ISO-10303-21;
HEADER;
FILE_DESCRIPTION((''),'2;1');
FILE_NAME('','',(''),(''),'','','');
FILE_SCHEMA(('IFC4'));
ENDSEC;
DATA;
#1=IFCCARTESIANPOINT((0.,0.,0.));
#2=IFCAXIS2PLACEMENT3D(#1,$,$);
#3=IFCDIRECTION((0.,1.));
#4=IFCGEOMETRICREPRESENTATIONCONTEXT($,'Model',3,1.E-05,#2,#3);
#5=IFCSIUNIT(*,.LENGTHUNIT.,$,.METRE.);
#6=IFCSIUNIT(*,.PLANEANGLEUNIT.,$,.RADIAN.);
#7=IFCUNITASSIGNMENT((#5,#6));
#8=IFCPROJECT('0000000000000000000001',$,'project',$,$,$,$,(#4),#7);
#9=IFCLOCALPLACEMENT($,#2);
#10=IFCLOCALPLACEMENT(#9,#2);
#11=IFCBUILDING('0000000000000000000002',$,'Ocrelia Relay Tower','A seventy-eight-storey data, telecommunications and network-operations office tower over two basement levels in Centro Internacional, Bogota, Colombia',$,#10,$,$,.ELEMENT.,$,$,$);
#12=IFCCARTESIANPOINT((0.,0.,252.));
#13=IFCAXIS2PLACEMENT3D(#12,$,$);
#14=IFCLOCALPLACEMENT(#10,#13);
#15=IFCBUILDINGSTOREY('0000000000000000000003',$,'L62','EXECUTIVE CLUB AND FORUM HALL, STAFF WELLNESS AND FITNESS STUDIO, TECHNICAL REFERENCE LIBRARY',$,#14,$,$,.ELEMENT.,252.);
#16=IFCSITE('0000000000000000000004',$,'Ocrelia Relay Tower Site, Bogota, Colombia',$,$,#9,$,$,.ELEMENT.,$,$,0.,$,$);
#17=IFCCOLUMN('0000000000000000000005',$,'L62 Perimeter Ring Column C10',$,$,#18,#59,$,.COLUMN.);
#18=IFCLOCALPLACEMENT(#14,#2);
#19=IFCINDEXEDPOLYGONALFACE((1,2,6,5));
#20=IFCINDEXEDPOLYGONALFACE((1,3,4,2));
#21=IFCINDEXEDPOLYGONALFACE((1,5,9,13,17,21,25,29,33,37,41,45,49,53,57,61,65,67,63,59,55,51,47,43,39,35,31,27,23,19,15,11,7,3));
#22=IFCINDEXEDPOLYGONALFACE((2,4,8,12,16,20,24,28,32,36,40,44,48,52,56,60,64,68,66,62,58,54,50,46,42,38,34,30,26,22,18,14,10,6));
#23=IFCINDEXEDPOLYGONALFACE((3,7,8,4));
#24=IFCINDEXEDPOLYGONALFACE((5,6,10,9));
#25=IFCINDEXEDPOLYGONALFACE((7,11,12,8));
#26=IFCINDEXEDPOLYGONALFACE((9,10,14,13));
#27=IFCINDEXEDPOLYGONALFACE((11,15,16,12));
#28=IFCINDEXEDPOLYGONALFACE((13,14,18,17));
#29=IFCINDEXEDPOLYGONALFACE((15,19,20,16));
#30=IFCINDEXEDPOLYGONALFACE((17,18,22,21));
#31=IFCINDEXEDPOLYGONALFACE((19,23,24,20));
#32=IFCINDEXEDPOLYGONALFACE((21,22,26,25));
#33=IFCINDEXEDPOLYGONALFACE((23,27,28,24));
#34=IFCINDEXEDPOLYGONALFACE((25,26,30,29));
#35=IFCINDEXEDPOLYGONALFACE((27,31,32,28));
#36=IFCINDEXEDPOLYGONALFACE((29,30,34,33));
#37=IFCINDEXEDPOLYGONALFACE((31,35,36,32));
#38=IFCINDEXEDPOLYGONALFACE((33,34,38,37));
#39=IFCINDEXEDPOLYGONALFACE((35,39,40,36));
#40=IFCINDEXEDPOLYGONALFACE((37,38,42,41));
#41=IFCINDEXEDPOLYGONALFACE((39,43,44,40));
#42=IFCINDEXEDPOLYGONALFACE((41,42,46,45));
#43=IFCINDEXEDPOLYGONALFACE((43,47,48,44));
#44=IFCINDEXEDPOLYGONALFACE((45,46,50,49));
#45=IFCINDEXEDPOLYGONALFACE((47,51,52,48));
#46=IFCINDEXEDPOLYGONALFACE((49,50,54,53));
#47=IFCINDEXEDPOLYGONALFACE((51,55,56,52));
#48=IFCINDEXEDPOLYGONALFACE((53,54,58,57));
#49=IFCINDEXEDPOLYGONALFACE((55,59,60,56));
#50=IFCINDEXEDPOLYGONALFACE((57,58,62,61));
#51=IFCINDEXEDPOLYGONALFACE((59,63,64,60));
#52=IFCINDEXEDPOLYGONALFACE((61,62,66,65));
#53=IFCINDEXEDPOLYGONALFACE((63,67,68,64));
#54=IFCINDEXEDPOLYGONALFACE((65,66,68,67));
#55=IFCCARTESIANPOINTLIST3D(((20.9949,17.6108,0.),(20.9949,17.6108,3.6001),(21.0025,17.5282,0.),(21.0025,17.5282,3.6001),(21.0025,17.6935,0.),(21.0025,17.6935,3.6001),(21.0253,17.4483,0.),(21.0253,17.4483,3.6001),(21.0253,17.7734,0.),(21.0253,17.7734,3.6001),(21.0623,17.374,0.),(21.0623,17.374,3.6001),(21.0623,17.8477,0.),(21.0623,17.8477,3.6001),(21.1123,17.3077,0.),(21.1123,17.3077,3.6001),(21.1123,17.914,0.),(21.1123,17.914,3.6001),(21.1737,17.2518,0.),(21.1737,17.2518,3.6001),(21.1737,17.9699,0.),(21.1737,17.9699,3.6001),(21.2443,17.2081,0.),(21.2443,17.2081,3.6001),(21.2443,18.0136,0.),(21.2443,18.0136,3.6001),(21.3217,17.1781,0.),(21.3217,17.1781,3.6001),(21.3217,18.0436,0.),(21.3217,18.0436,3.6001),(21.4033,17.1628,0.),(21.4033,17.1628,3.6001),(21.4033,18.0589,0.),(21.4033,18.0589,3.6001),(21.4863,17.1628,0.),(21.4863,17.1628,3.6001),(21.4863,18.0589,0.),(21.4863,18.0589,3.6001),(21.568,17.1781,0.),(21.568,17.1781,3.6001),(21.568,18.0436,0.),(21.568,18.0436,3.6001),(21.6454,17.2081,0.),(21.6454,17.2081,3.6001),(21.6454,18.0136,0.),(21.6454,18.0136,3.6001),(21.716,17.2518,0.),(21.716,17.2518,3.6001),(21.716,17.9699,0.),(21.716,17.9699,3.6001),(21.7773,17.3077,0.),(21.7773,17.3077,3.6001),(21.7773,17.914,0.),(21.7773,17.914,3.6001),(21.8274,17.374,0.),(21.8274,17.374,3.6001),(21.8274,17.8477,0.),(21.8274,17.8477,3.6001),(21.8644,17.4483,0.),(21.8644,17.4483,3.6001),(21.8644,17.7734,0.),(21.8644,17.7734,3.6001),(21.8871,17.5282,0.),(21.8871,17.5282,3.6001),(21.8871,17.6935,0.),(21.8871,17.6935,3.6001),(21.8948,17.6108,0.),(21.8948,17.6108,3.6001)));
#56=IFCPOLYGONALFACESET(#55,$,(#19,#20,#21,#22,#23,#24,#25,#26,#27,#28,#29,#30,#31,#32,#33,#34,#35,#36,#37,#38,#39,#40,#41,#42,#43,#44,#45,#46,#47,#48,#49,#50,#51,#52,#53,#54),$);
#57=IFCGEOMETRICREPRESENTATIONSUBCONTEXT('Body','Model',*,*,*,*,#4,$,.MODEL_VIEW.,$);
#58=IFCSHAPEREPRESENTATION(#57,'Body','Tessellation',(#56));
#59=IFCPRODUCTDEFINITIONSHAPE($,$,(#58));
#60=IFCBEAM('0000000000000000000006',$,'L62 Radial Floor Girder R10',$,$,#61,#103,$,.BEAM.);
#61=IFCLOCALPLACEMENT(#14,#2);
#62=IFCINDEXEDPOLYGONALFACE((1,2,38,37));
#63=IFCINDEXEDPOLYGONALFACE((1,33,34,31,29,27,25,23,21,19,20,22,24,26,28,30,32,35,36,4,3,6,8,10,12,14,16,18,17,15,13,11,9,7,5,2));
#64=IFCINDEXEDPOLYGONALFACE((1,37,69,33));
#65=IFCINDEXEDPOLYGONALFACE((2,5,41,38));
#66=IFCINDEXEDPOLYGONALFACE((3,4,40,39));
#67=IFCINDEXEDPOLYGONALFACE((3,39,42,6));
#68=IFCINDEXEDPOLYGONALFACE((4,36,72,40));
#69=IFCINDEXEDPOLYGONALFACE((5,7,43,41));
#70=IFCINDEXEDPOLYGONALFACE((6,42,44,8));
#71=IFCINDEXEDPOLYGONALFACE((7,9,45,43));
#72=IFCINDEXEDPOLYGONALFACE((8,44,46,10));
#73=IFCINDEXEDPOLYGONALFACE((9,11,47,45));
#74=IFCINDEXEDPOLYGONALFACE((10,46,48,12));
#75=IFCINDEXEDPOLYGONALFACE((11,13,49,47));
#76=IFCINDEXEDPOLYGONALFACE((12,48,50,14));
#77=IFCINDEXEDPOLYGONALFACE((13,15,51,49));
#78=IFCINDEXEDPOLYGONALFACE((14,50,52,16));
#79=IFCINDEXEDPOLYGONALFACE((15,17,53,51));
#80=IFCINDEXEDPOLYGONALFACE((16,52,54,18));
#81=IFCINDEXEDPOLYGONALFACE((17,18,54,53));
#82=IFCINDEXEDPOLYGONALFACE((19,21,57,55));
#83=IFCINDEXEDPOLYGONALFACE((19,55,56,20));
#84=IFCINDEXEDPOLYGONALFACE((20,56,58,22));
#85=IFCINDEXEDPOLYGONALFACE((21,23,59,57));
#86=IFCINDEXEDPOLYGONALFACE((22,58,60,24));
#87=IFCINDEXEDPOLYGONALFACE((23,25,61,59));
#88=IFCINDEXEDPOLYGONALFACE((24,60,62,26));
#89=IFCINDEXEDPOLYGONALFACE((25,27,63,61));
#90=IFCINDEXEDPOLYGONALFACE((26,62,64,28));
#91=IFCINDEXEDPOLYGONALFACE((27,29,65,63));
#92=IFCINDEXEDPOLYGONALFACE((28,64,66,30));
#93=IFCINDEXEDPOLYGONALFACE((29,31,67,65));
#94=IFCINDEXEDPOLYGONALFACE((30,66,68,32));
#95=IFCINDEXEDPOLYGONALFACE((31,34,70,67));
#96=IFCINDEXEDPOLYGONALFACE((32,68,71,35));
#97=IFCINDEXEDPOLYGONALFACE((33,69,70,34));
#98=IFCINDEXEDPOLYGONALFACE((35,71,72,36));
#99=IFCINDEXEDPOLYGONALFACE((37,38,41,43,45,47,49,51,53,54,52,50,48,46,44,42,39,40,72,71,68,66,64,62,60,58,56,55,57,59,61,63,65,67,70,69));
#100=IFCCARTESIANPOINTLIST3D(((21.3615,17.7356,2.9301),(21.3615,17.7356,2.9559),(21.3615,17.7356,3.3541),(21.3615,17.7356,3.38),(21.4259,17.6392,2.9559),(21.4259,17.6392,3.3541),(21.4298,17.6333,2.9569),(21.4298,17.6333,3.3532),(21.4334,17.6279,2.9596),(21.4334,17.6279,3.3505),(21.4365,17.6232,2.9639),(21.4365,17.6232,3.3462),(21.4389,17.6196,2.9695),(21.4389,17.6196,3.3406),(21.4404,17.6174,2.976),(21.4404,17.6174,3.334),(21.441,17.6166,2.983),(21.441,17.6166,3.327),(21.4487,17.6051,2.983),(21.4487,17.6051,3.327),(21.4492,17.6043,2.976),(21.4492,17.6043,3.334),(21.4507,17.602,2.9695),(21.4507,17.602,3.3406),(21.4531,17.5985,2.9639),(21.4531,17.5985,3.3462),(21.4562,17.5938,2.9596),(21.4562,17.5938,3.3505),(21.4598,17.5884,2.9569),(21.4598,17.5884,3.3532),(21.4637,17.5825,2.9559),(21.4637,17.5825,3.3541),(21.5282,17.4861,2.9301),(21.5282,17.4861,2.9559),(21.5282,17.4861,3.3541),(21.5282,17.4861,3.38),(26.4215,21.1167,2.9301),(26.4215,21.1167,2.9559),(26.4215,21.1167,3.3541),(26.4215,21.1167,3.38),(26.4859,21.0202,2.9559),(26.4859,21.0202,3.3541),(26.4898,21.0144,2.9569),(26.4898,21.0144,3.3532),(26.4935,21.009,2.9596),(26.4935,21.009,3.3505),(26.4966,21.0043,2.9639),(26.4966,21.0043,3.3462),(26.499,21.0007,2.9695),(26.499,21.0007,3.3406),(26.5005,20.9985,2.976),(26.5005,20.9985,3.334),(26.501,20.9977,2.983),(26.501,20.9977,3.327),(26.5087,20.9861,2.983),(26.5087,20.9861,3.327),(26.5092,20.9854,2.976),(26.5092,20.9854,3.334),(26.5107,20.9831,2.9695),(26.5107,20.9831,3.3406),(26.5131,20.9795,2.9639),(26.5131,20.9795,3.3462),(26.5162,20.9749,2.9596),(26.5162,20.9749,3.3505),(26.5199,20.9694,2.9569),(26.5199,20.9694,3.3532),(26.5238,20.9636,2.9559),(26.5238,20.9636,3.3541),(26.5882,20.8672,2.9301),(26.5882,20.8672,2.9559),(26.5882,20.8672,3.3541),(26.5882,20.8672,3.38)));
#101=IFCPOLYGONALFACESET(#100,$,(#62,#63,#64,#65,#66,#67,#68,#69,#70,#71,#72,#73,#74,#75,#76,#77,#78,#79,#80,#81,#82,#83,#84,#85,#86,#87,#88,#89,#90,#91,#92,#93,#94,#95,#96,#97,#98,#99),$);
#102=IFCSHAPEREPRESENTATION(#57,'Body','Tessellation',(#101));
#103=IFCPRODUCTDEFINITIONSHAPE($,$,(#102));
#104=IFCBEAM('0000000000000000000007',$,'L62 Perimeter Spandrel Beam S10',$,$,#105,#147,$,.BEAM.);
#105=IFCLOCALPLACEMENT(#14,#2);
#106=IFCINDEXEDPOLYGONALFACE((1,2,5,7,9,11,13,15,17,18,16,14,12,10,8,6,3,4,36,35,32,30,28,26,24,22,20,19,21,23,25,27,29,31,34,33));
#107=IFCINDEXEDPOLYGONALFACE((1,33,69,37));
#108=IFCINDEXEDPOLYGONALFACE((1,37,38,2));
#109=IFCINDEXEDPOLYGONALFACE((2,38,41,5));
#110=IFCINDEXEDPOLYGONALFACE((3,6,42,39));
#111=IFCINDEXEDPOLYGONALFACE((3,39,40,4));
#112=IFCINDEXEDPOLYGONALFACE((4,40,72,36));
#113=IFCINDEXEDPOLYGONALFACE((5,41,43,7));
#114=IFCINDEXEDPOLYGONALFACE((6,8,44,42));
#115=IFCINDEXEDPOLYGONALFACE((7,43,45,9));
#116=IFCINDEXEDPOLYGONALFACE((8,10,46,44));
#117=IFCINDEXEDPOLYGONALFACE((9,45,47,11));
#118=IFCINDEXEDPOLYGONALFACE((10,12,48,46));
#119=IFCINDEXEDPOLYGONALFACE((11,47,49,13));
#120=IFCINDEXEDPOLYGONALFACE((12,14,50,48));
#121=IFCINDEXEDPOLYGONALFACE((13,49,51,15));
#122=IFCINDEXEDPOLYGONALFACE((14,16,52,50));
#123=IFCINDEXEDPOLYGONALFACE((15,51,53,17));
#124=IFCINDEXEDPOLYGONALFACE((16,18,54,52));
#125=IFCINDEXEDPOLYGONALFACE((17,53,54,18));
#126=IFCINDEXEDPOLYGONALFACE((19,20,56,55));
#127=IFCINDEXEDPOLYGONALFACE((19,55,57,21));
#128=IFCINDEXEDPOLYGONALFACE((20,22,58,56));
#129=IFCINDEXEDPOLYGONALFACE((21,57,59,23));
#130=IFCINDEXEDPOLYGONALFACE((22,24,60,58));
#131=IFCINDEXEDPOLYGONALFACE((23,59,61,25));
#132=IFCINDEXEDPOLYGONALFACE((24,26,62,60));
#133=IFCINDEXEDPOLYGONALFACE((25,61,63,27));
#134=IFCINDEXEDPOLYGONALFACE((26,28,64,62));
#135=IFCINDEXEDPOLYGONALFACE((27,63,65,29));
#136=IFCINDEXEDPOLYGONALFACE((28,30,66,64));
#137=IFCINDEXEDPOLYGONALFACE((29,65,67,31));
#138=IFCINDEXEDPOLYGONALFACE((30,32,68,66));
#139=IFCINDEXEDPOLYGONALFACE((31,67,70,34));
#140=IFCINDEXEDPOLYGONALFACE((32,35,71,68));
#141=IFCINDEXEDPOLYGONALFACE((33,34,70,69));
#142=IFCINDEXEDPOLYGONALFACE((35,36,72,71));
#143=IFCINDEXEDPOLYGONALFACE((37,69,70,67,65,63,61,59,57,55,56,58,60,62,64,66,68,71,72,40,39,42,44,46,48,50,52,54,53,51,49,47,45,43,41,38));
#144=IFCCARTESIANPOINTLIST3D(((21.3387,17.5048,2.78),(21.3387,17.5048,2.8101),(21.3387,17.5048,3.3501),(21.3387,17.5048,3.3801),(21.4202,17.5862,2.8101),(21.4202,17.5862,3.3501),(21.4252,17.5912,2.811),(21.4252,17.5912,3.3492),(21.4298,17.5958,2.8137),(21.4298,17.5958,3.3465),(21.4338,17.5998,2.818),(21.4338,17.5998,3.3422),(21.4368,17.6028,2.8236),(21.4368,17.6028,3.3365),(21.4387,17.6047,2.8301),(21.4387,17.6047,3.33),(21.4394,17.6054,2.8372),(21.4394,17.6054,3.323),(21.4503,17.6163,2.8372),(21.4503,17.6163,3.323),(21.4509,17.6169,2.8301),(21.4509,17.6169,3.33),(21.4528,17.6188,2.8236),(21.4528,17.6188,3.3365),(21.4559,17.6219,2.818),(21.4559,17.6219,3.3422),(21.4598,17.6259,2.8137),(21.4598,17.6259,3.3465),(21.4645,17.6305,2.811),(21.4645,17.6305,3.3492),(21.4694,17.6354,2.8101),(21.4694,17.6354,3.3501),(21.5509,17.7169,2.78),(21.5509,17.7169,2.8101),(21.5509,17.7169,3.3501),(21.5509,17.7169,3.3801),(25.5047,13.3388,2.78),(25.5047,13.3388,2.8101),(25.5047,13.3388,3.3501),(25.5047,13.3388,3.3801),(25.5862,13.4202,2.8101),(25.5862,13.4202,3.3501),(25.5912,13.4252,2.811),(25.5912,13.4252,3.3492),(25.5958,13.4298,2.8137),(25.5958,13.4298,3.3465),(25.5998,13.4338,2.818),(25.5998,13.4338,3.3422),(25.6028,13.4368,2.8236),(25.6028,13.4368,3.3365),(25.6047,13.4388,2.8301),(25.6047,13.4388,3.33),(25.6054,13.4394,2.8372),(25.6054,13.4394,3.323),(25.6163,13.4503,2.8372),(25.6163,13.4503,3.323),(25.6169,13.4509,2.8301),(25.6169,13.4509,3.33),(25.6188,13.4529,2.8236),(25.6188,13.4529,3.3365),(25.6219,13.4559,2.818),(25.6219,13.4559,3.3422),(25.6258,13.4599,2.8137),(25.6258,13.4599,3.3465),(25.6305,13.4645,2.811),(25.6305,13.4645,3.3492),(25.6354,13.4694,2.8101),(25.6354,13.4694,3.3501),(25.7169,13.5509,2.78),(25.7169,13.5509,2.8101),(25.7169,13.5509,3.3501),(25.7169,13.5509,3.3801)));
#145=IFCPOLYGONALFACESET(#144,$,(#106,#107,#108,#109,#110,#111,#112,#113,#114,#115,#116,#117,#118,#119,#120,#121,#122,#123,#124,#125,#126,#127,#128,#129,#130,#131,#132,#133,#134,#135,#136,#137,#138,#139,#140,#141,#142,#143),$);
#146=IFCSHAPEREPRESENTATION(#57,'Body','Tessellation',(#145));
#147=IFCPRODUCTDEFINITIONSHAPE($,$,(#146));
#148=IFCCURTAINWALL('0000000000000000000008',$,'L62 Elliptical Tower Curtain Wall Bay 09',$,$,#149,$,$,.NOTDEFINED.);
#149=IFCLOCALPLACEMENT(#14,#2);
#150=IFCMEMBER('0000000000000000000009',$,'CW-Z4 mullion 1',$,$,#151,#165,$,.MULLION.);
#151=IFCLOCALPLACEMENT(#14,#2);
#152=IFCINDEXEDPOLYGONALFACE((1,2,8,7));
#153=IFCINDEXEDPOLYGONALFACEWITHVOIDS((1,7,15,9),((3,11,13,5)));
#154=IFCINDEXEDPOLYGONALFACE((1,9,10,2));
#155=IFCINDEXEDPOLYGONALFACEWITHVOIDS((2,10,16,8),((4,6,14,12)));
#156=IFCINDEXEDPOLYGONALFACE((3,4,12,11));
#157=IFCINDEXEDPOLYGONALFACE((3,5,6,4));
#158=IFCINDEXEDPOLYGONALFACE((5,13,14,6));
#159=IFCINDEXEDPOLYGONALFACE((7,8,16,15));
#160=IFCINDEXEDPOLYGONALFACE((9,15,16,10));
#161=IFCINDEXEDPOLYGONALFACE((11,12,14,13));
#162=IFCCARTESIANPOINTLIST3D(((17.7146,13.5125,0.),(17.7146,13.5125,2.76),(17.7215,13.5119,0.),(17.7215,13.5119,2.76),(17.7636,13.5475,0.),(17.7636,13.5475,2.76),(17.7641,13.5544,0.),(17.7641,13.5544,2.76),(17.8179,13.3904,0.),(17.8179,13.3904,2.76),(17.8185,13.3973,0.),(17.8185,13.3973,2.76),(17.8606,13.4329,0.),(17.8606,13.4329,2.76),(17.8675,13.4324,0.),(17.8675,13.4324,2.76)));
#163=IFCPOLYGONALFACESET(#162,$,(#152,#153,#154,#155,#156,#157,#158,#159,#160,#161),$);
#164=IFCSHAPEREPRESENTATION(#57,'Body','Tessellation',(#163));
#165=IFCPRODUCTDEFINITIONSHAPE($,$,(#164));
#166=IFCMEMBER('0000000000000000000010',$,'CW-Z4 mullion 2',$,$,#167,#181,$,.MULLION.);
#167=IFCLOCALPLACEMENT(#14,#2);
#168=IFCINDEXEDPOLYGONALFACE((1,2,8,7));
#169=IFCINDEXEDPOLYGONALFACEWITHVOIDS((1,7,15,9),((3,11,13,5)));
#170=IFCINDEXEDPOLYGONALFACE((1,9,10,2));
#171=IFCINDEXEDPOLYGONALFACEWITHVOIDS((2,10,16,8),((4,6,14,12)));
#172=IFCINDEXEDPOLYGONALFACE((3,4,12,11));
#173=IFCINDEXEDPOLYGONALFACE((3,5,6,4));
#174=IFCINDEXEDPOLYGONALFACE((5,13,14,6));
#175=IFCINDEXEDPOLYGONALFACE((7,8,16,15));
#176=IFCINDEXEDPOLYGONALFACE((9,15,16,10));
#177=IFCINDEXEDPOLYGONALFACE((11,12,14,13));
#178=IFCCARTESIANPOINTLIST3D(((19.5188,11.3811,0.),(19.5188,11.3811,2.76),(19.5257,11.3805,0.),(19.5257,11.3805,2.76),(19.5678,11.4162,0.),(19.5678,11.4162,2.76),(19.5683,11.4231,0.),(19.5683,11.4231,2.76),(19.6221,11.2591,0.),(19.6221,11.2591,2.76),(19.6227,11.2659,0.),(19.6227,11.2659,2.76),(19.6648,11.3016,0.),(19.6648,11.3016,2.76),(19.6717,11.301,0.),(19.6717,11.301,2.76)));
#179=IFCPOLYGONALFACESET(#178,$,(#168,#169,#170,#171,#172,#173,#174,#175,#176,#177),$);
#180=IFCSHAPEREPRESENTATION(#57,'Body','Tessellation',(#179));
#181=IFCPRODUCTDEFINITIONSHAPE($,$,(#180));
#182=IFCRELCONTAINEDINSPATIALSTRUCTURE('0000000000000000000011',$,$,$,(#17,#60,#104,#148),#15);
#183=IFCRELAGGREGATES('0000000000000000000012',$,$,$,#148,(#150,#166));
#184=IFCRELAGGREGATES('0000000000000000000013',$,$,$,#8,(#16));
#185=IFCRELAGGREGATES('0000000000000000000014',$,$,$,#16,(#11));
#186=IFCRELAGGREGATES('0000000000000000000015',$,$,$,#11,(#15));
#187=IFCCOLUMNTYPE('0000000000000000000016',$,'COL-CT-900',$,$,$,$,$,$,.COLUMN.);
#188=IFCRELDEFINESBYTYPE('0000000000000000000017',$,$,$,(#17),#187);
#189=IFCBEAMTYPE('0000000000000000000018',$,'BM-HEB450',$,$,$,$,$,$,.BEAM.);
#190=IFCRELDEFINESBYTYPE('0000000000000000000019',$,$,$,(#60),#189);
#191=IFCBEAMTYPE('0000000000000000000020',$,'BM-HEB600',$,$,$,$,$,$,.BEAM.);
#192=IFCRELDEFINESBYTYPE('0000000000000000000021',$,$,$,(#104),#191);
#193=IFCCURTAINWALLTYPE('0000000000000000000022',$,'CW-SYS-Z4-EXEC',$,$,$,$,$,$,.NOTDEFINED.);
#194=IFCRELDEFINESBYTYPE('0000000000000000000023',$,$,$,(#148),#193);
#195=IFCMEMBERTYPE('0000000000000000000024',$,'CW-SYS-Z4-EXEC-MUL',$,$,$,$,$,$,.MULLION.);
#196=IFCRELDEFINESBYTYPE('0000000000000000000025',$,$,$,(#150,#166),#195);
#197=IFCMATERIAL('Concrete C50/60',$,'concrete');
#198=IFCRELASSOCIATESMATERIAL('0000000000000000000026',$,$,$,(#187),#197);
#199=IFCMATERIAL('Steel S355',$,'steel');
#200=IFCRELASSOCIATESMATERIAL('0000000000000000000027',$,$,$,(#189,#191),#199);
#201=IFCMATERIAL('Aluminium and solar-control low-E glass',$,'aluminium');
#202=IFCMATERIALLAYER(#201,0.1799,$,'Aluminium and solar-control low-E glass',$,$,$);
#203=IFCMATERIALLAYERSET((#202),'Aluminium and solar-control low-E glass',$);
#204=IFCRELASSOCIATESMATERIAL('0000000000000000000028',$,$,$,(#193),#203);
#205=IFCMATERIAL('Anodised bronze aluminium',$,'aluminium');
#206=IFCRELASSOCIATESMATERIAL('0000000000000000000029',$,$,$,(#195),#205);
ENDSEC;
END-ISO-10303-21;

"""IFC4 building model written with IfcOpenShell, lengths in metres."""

from ifc_helpers import new_model, si_unit, direction, frame, origin, origin_2d, place, context, subcontext, project, spatial, hollow_rectangle, circle, i_section, extrude, material, layer, layer_set, material_profile, profile_set, type_object, element, aggregate, save


model = new_model("IFC4")

# Units and contexts
model_context = context("Model", 3, precision=1e-05, world=origin(), true_north=direction((0.0, 1.0)))
body_context = subcontext(model_context, "Body", "Model", "MODEL_VIEW")
ifc_project = project(units=[si_unit("LENGTHUNIT", "METRE"), si_unit("PLANEANGLEUNIT", "RADIAN")], contexts=[model_context])

# Site, building, storey
site_placement = place(None, origin())
site = spatial("IfcSite", under=ifc_project, at=site_placement, Name="Ocrelia Relay Tower Site, Bogota, Colombia", CompositionType="ELEMENT", RefElevation=0.0)
building_placement = place(site_placement, origin())
building = spatial("IfcBuilding", under=site, at=building_placement, Name="Ocrelia Relay Tower", Description="A seventy-eight-storey data, telecommunications and network-operations office tower over two basement levels in Centro Internacional, Bogota, Colombia", CompositionType="ELEMENT")
storey_placement = place(building_placement, frame((0.0, 0.0, 252.0)))
storey = spatial("IfcBuildingStorey", under=building, at=storey_placement, Name="L62", Description="EXECUTIVE CLUB AND FORUM HALL, STAFF WELLNESS AND FITNESS STUDIO, TECHNICAL REFERENCE LIBRARY", CompositionType="ELEMENT", Elevation=252.0)

# Column
ifc_material_1 = material(Name="Concrete C50/60", Category="concrete")
ifc_material_profile_1 = material_profile(ifc_material_1, circle(Radius=0.45, at=origin_2d()), Name="RC-CIR-900")
ifc_profile_set_1 = profile_set([ifc_material_profile_1], Name="Concrete C50/60")
column_type = type_object("IfcColumnType", Name="COL-CT-900", PredefinedType="COLUMN", material=ifc_profile_set_1)
column_placement = place(storey_placement, frame((21.4448, 17.6108, 0.0), z_axis=(0.0, 0.0, 1.0), x_axis=(1.0, 0.0, 0.0)))
element("IfcColumn", 1, at=column_placement, inside=storey, type_object=column_type, Name="L62 Perimeter Ring Column C10", PredefinedType="COLUMN", context=body_context, shape_type="SweptSolid", body=[
    extrude(circle(Radius=0.45, at=origin_2d()), origin(), (0.0, 0.0, 1.0), 3.6001),
])

# Beams
ifc_material_2 = material(Name="Steel S355", Category="steel")
ifc_material_profile_2 = material_profile(ifc_material_2, i_section(OverallWidth=0.3, OverallDepth=0.45, WebThickness=0.0139, FlangeThickness=0.0259, FilletRadius=0.0271, at=origin_2d()), Name="HEB 450")
ifc_profile_set_2 = profile_set([ifc_material_profile_2], Name="Steel S355")
beam_type_1 = type_object("IfcBeamType", Name="BM-HEB450", PredefinedType="BEAM", material=ifc_profile_set_2)
beam_1_placement = place(storey_placement, frame((21.4448, 17.6108, 3.155), z_axis=(0.831464, 0.555579, 0.0), x_axis=(-0.555579, 0.831464, 0.0)))
element("IfcBeam", 2, at=beam_1_placement, inside=storey, type_object=beam_type_1, Name="L62 Radial Floor Girder R10", PredefinedType="BEAM", context=body_context, shape_type="SweptSolid", body=[
    extrude(i_section(OverallWidth=0.3, OverallDepth=0.45, WebThickness=0.0139, FlangeThickness=0.0259, FilletRadius=0.0271, at=origin_2d()), origin(), (0.0, 0.0, 1.0), 6.0857),
])
ifc_material_profile_3 = material_profile(ifc_material_2, i_section(OverallWidth=0.3, OverallDepth=0.6001, WebThickness=0.0154, FlangeThickness=0.03, FilletRadius=0.0271, at=origin_2d()), Name="HEB 600")
ifc_profile_set_3 = profile_set([ifc_material_profile_3], Name="Steel S355")
beam_type_2 = type_object("IfcBeamType", Name="BM-HEB600", PredefinedType="BEAM", material=ifc_profile_set_3)
beam_2_placement = place(storey_placement, frame((21.4448, 17.6108, 3.0801), z_axis=(0.707107, -0.707107, 0.0), x_axis=(0.707107, 0.707107, 0.0)))
element("IfcBeam", 3, at=beam_2_placement, inside=storey, type_object=beam_type_2, Name="L62 Perimeter Spandrel Beam S10", PredefinedType="BEAM", context=body_context, shape_type="SweptSolid", body=[
    extrude(i_section(OverallWidth=0.3, OverallDepth=0.6001, WebThickness=0.0154, FlangeThickness=0.03, FilletRadius=0.0271, at=origin_2d()), origin(), (0.0, 0.0, 1.0), 5.8916),
])

# Curtain wall, members
ifc_material_3 = material(Name="Aluminium and solar-control low-E glass", Category="aluminium")
ifc_layer_1 = layer(ifc_material_3, 0.1799, Name="Aluminium and solar-control low-E glass")
ifc_layer_set_1 = layer_set([ifc_layer_1], Name="Aluminium and solar-control low-E glass")
curtain_wall_type = type_object("IfcCurtainWallType", Name="CW-SYS-Z4-EXEC", PredefinedType="NOTDEFINED", material=ifc_layer_set_1)
curtain_wall_1_placement = place(storey_placement, origin())
curtain_wall_1 = element("IfcCurtainWall", 4, at=curtain_wall_1_placement, inside=storey, type_object=curtain_wall_type, Name="L62 Elliptical Tower Curtain Wall Bay 09", PredefinedType="NOTDEFINED")
ifc_material_4 = material(Name="Anodised bronze aluminium", Category="aluminium")
ifc_material_profile_4 = material_profile(ifc_material_4, hollow_rectangle(XDim=0.0649, YDim=0.1599, WallThickness=0.0049, at=origin_2d()), Name="CW-MUL-160x65")
ifc_profile_set_4 = profile_set([ifc_material_profile_4], Name="Anodised bronze aluminium")
member_type_1 = type_object("IfcMemberType", Name="CW-SYS-Z4-EXEC-MUL", PredefinedType="MULLION", material=ifc_profile_set_4)
member_1_placement = place(storey_placement, frame((17.791, 13.4724, 0.0), z_axis=(0.0, 0.0, 1.0), x_axis=(0.763265, 0.646086, 0.0)))
member_1 = element("IfcMember", 5, at=member_1_placement, type_object=member_type_1, Name="CW-Z4 mullion 1", PredefinedType="MULLION", context=body_context, shape_type="SweptSolid", body=[
    extrude(hollow_rectangle(XDim=0.0649, YDim=0.1599, WallThickness=0.0049, at=origin_2d()), origin(), (0.0, 0.0, 1.0), 2.76),
])
member_2_placement = place(storey_placement, frame((19.5952, 11.3411, 0.0), z_axis=(0.0, 0.0, 1.0), x_axis=(0.763265, 0.646086, 0.0)))
member_2 = element("IfcMember", 6, at=member_2_placement, type_object=member_type_1, Name="CW-Z4 mullion 2", PredefinedType="MULLION", context=body_context, shape_type="SweptSolid", body=[
    extrude(hollow_rectangle(XDim=0.0649, YDim=0.1599, WallThickness=0.0049, at=origin_2d()), origin(), (0.0, 0.0, 1.0), 2.76),
])

aggregate(curtain_wall_1, [member_1, member_2])

save(model, "model.ifc")
